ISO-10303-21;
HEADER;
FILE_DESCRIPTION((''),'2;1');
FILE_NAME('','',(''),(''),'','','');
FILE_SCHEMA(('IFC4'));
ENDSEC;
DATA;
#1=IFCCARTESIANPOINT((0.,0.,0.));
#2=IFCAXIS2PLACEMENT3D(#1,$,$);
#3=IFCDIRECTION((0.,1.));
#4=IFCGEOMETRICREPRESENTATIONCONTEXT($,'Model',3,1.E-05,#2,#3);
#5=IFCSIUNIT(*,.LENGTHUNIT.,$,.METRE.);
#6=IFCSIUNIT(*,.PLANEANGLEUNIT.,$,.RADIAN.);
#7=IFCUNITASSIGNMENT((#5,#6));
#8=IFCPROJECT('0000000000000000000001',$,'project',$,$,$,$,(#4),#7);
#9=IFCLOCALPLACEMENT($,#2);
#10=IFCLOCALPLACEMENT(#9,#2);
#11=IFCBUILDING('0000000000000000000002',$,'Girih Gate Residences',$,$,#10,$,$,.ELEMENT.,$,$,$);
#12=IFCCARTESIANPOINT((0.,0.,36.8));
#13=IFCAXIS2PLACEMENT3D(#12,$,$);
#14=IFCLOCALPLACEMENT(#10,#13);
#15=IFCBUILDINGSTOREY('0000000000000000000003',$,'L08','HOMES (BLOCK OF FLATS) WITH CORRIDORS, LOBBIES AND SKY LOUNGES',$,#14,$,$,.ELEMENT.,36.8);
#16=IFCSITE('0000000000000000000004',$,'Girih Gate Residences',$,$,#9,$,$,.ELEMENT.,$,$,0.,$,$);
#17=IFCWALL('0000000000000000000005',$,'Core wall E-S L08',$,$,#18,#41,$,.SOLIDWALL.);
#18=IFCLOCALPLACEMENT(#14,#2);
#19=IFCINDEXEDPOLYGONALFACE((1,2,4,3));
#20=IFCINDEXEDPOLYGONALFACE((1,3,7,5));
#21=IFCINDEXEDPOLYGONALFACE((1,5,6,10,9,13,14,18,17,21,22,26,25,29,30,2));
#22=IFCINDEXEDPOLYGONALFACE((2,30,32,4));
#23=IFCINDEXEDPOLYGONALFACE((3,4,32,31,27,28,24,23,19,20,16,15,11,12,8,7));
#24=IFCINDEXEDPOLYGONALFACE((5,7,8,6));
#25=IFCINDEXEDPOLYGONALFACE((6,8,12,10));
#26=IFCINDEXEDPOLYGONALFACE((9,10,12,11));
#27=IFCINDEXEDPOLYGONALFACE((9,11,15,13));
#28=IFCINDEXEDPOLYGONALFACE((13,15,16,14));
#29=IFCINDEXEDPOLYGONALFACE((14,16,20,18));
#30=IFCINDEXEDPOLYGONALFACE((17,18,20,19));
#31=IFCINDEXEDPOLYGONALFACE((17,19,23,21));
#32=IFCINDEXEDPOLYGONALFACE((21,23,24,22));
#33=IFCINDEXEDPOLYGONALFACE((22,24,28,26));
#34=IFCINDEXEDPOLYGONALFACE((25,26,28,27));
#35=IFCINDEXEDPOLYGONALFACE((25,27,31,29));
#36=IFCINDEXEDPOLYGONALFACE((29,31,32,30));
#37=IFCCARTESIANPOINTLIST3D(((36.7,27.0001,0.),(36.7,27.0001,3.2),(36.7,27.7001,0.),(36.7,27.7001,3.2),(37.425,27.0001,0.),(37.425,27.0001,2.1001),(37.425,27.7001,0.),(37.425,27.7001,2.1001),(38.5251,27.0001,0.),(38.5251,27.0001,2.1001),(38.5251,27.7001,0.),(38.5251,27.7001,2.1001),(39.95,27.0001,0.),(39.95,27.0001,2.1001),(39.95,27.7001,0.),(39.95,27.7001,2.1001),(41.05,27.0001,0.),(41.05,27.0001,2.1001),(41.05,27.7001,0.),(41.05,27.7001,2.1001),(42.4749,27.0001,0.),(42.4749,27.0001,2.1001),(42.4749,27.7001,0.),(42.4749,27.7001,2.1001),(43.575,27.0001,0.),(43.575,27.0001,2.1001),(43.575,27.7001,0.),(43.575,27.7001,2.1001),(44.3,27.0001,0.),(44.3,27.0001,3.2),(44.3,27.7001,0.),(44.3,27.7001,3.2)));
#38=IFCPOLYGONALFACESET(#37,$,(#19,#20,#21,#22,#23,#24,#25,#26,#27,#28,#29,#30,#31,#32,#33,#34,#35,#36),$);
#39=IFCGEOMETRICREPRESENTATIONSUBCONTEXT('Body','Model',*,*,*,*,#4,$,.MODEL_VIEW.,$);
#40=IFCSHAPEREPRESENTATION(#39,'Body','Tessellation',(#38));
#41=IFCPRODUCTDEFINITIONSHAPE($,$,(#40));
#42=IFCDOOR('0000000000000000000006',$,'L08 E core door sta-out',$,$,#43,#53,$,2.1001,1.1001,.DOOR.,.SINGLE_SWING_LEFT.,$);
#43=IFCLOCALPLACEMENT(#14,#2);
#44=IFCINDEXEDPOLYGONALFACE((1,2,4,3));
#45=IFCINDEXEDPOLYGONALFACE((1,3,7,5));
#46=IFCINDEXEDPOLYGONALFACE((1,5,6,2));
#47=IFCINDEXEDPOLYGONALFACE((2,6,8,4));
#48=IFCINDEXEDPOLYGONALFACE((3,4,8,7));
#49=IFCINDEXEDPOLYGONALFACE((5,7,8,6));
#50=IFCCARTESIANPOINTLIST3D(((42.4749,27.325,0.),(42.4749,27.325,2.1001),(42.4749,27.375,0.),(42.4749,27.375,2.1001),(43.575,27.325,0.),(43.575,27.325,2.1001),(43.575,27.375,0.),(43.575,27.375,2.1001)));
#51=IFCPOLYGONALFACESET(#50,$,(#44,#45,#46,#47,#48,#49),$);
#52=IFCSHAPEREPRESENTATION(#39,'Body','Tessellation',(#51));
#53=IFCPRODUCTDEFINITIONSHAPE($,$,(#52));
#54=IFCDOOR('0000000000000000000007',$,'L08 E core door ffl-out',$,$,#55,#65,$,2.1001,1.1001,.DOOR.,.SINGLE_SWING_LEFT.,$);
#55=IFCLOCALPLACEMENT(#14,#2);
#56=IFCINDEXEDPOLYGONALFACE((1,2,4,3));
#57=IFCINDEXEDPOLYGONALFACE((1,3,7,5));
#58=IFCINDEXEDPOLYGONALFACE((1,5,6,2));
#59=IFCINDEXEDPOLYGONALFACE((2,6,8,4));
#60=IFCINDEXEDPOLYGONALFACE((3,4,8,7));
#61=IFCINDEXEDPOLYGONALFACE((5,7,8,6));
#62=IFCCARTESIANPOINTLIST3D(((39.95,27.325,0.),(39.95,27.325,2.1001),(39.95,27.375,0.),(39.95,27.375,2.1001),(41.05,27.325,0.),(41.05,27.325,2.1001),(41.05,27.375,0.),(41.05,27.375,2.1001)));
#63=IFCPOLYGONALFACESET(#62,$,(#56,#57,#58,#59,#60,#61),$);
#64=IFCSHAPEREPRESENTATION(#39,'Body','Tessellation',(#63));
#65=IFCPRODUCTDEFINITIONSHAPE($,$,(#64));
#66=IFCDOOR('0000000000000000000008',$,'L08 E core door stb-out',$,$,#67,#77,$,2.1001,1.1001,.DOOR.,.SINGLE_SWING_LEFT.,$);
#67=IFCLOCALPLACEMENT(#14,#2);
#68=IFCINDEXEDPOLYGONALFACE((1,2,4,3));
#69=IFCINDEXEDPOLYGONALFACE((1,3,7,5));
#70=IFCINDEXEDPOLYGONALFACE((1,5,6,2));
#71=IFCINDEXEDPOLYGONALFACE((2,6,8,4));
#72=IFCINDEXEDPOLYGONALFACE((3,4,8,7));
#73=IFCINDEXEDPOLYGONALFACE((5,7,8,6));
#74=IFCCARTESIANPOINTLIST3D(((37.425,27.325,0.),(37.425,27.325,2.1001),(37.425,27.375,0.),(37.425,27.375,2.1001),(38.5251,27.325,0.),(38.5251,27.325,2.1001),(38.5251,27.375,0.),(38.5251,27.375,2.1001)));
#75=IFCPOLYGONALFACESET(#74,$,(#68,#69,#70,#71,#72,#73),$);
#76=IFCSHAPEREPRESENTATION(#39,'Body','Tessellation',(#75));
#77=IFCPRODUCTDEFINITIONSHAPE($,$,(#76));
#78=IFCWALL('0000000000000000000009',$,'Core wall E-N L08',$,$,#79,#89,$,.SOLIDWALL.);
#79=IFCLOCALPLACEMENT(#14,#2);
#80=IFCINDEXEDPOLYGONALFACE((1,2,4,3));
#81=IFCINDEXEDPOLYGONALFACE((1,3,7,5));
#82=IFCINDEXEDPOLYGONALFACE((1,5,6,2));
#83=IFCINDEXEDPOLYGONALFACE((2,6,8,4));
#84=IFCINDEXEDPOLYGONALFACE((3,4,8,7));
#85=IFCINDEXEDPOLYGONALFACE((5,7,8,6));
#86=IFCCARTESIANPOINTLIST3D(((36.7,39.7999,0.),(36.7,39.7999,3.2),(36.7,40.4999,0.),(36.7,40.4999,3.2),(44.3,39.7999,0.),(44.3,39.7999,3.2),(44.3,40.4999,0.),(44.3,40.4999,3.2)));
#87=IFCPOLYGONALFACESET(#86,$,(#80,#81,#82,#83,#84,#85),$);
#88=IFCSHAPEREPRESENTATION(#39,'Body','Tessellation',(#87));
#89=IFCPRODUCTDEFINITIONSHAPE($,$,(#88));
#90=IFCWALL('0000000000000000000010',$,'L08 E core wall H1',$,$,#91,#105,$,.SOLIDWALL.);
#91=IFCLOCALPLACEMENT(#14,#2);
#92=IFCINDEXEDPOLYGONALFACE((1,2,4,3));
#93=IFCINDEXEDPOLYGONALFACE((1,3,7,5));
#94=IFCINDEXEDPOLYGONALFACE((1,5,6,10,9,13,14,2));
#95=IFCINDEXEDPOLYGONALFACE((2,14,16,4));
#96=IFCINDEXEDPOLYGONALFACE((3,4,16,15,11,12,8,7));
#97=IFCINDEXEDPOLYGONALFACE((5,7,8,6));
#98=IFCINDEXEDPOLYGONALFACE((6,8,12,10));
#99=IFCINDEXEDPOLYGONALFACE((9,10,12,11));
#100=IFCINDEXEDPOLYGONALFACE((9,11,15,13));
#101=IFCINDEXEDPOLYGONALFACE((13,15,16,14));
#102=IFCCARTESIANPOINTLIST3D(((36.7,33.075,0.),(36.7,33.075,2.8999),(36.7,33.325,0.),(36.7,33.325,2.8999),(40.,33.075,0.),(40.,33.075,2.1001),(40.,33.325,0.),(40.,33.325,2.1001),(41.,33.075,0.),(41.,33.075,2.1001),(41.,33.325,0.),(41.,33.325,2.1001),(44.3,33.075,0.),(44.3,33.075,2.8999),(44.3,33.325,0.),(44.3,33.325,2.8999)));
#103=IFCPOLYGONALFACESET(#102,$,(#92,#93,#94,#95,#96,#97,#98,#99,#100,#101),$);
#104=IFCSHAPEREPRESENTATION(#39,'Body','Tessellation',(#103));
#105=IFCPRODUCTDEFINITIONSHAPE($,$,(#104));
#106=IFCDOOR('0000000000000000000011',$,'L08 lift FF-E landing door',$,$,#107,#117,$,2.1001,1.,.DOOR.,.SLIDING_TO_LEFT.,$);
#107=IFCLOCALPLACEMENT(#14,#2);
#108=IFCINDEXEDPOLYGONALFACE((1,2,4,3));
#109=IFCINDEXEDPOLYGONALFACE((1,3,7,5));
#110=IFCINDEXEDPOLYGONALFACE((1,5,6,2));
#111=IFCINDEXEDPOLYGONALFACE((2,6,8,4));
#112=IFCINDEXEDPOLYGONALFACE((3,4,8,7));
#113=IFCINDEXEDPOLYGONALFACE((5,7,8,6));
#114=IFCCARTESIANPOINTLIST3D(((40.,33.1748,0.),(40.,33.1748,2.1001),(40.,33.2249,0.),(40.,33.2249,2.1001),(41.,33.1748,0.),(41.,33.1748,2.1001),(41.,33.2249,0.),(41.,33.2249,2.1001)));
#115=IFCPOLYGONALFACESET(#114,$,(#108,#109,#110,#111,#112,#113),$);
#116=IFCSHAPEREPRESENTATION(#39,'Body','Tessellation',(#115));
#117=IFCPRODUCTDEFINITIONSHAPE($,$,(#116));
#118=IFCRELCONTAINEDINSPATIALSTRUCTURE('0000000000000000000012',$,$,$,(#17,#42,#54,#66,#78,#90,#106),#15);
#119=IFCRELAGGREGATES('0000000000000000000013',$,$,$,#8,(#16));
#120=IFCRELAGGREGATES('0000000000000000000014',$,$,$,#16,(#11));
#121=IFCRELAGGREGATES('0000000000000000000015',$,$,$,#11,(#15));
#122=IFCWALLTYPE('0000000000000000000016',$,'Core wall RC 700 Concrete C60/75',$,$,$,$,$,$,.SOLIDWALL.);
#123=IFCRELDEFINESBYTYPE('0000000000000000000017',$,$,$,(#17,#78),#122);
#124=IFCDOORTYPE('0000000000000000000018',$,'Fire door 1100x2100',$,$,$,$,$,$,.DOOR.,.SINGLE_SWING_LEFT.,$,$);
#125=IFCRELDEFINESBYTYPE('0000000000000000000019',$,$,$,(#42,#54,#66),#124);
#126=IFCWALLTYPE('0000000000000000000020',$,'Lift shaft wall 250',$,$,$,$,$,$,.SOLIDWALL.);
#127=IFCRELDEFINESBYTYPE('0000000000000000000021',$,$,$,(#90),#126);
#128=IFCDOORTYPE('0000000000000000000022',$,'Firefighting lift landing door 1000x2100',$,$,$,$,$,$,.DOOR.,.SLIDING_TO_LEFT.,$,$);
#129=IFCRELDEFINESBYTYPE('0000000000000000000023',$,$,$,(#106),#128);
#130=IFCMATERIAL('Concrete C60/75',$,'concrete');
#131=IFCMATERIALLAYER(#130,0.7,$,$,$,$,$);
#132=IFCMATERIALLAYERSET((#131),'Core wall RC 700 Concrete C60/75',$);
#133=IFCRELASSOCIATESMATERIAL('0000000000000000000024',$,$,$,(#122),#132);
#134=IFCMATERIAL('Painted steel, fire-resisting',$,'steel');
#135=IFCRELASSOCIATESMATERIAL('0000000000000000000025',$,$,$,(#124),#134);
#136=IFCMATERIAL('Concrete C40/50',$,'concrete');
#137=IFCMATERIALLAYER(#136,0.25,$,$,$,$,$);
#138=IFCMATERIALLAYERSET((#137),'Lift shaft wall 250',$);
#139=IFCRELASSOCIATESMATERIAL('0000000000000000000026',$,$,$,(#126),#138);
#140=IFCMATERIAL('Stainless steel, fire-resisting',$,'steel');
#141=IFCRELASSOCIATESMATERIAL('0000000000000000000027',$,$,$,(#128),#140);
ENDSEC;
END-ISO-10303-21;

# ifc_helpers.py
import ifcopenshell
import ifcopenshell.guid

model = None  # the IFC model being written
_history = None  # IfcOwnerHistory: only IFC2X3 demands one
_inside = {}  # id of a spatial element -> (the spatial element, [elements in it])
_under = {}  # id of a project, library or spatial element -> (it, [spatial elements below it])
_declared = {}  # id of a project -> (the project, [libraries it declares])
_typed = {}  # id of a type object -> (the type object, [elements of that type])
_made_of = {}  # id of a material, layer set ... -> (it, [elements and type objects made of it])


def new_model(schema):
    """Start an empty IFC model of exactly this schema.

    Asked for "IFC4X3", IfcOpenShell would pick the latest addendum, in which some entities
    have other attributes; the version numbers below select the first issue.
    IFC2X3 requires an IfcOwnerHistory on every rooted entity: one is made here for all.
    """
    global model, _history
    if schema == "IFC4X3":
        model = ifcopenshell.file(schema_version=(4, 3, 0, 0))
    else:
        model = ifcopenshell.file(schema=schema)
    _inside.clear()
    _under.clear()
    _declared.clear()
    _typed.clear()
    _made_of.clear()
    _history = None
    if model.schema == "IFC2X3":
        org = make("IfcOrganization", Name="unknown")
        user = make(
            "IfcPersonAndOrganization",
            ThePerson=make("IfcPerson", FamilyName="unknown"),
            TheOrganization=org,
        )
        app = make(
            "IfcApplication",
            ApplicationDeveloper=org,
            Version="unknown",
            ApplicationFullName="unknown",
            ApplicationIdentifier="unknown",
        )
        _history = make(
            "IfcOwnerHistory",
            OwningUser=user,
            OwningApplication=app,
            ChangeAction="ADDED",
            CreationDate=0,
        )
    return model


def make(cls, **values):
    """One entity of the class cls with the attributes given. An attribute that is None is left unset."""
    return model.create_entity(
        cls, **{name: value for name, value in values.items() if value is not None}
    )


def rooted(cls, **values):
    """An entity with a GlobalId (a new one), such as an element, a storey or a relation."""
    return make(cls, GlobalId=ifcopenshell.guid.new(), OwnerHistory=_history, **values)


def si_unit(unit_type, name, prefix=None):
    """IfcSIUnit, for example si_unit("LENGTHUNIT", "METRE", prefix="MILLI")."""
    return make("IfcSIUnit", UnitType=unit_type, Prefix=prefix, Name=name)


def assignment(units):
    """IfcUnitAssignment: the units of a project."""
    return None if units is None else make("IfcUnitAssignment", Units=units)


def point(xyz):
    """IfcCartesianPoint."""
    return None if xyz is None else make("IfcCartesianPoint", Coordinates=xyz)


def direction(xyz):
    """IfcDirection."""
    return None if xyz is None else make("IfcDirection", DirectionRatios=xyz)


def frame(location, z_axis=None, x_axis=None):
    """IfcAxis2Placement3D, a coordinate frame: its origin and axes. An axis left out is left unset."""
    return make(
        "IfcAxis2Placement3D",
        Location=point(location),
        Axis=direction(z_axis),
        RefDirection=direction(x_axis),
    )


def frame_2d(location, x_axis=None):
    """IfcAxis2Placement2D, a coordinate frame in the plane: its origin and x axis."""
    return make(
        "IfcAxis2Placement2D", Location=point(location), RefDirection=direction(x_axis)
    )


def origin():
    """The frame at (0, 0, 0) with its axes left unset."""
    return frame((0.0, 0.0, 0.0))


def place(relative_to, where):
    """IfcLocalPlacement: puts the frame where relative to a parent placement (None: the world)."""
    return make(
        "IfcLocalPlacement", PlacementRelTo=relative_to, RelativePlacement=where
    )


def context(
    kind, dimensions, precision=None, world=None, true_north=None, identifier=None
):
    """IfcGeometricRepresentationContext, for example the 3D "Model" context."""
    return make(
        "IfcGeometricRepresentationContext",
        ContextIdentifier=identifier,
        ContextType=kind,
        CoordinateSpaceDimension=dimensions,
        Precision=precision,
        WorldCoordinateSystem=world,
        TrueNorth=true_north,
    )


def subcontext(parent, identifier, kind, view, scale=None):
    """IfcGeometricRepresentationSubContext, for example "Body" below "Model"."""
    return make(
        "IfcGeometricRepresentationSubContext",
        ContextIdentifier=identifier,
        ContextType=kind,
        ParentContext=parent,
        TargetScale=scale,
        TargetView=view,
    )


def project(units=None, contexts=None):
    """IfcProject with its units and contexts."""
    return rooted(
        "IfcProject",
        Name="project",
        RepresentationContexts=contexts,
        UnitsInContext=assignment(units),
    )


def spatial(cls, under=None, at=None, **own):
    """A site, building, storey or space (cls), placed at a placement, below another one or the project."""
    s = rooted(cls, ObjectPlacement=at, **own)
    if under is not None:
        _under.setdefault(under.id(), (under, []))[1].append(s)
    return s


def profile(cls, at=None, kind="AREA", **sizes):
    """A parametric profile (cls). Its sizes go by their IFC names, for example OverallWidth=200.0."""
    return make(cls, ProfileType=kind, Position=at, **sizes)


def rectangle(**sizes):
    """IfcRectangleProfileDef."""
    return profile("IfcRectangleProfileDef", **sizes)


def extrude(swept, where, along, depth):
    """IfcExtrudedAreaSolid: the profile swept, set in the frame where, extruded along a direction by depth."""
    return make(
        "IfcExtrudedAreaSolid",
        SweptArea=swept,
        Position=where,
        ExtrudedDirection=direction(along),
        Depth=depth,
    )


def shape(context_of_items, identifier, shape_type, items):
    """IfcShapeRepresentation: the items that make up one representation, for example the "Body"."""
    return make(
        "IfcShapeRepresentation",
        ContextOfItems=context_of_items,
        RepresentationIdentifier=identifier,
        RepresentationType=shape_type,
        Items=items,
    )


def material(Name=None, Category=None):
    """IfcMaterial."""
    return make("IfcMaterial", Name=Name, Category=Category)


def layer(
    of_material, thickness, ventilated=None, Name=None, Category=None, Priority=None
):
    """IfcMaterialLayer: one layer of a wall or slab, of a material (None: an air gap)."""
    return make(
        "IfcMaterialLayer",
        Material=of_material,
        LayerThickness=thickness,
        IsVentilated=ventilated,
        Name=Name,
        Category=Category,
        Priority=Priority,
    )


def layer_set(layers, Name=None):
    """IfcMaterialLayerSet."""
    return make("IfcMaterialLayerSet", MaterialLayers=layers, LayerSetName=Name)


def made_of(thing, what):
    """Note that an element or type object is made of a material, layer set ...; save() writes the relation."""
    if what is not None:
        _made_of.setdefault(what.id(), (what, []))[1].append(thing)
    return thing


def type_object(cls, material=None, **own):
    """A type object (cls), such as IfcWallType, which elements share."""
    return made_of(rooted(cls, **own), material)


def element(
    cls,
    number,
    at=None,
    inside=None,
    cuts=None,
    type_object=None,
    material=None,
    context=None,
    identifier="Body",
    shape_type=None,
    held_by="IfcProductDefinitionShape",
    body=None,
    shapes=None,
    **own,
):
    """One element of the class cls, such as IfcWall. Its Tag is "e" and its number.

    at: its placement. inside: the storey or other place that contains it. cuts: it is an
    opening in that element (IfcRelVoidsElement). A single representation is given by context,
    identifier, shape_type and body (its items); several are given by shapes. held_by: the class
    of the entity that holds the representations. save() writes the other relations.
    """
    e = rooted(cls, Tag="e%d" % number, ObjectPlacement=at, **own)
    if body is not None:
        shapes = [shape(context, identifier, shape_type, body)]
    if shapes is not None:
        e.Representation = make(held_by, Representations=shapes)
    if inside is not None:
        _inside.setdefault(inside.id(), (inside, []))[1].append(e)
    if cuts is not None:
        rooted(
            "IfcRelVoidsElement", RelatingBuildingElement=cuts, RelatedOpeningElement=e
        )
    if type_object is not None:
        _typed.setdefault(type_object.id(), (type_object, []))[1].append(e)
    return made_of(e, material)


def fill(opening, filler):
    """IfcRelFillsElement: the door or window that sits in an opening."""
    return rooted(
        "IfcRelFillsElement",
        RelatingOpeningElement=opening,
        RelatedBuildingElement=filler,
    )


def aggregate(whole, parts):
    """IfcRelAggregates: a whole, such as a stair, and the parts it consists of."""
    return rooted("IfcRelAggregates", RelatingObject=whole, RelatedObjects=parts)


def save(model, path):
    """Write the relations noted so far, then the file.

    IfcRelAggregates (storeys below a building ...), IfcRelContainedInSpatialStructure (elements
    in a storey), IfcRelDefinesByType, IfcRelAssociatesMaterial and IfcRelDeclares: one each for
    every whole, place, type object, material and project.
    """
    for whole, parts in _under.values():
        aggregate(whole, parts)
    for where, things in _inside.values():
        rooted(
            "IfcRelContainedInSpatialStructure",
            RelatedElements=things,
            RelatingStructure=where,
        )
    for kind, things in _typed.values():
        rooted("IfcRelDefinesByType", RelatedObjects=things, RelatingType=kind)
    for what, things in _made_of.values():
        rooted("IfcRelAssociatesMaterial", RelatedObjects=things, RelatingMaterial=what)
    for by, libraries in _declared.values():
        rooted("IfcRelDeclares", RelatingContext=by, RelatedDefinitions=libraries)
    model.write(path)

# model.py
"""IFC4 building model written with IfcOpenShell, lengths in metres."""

from ifc_helpers import new_model, si_unit, direction, frame, frame_2d, origin, place, context, subcontext, project, spatial, rectangle, extrude, material, layer, layer_set, type_object, element, fill, save


model = new_model("IFC4")

# Units and contexts
model_context = context("Model", 3, precision=1e-05, world=origin(), true_north=direction((0.0, 1.0)))
body_context = subcontext(model_context, "Body", "Model", "MODEL_VIEW")
ifc_project = project(units=[si_unit("LENGTHUNIT", "METRE"), si_unit("PLANEANGLEUNIT", "RADIAN")], contexts=[model_context])

# Site, building, storey
site_placement = place(None, origin())
site = spatial("IfcSite", under=ifc_project, at=site_placement, Name="Girih Gate Residences", CompositionType="ELEMENT", RefElevation=0.0)
building_placement = place(site_placement, origin())
building = spatial("IfcBuilding", under=site, at=building_placement, Name="Girih Gate Residences", CompositionType="ELEMENT")
storey_placement = place(building_placement, frame((0.0, 0.0, 36.8)))
storey = spatial("IfcBuildingStorey", under=building, at=storey_placement, Name="L08", Description="HOMES (BLOCK OF FLATS) WITH CORRIDORS, LOBBIES AND SKY LOUNGES", CompositionType="ELEMENT", Elevation=36.8)

# Wall, openings, doors
ifc_material_1 = material(Name="Concrete C60/75", Category="concrete")
ifc_layer_1 = layer(ifc_material_1, 0.7)
ifc_layer_set_1 = layer_set([ifc_layer_1], Name="Core wall RC 700 Concrete C60/75")
wall_type_1 = type_object("IfcWallType", Name="Core wall RC 700 Concrete C60/75", PredefinedType="SOLIDWALL", material=ifc_layer_set_1)
wall_1_placement = place(storey_placement, frame((36.7, 27.3501, 0.0), z_axis=(0.0, 0.0, 1.0), x_axis=(1.0, 0.0, 0.0)))
wall_1 = element("IfcWall", 1, at=wall_1_placement, inside=storey, type_object=wall_type_1, Name="Core wall E-S L08", PredefinedType="SOLIDWALL", context=body_context, shape_type="SweptSolid", body=[
    extrude(rectangle(XDim=7.6001, YDim=0.7, at=frame_2d((3.8, 0.0))), origin(), (0.0, 0.0, 1.0), 3.2),
])
opening_1_placement = place(wall_1_placement, frame((5.7749, 0.0, 0.0)))
opening_1 = element("IfcOpeningElement", 2, at=opening_1_placement, cuts=wall_1, PredefinedType="OPENING", context=body_context, shape_type="SweptSolid", body=[
    extrude(rectangle(XDim=1.1001, YDim=2.1001, at=frame_2d((0.55, 1.05))), frame((0.0, 0.3599, 0.0), z_axis=(0.0, -1.0, 0.0), x_axis=(1.0, 0.0, 0.0)), (0.0, 0.0, 1.0), 0.72),
])
opening_2_placement = place(wall_1_placement, frame((3.25, 0.0, 0.0)))
opening_2 = element("IfcOpeningElement", 3, at=opening_2_placement, cuts=wall_1, PredefinedType="OPENING", context=body_context, shape_type="SweptSolid", body=[
    extrude(rectangle(XDim=1.1001, YDim=2.1001, at=frame_2d((0.55, 1.05))), frame((0.0, 0.3599, 0.0), z_axis=(0.0, -1.0, 0.0), x_axis=(1.0, 0.0, 0.0)), (0.0, 0.0, 1.0), 0.72),
])
opening_3_placement = place(wall_1_placement, frame((0.7251, 0.0, 0.0)))
opening_3 = element("IfcOpeningElement", 4, at=opening_3_placement, cuts=wall_1, PredefinedType="OPENING", context=body_context, shape_type="SweptSolid", body=[
    extrude(rectangle(XDim=1.1001, YDim=2.1001, at=frame_2d((0.55, 1.05))), frame((0.0, 0.3599, 0.0), z_axis=(0.0, -1.0, 0.0), x_axis=(1.0, 0.0, 0.0)), (0.0, 0.0, 1.0), 0.72),
])
ifc_material_2 = material(Name="Painted steel, fire-resisting", Category="steel")
door_type_1 = type_object("IfcDoorType", Name="Fire door 1100x2100", OperationType="SINGLE_SWING_LEFT", PredefinedType="DOOR", material=ifc_material_2)
door_1_placement = place(opening_1_placement, origin())
door_1 = element("IfcDoor", 5, at=door_1_placement, inside=storey, type_object=door_type_1, Name="L08 E core door sta-out", OperationType="SINGLE_SWING_LEFT", OverallHeight=2.1001, OverallWidth=1.1001, PredefinedType="DOOR", context=body_context, shape_type="SweptSolid", body=[
    extrude(rectangle(XDim=1.1001, YDim=2.1001, at=frame_2d((0.55, 1.05))), frame((0.0, 0.0249, 0.0), z_axis=(0.0, -1.0, 0.0), x_axis=(1.0, 0.0, 0.0)), (0.0, 0.0, 1.0), 0.05),
])
fill(opening_1, door_1)
door_2_placement = place(opening_2_placement, origin())
door_2 = element("IfcDoor", 6, at=door_2_placement, inside=storey, type_object=door_type_1, Name="L08 E core door ffl-out", OperationType="SINGLE_SWING_LEFT", OverallHeight=2.1001, OverallWidth=1.1001, PredefinedType="DOOR", context=body_context, shape_type="SweptSolid", body=[
    extrude(rectangle(XDim=1.1001, YDim=2.1001, at=frame_2d((0.55, 1.05))), frame((0.0, 0.0249, 0.0), z_axis=(0.0, -1.0, 0.0), x_axis=(1.0, 0.0, 0.0)), (0.0, 0.0, 1.0), 0.05),
])
fill(opening_2, door_2)
door_3_placement = place(opening_3_placement, origin())
door_3 = element("IfcDoor", 7, at=door_3_placement, inside=storey, type_object=door_type_1, Name="L08 E core door stb-out", OperationType="SINGLE_SWING_LEFT", OverallHeight=2.1001, OverallWidth=1.1001, PredefinedType="DOOR", context=body_context, shape_type="SweptSolid", body=[
    extrude(rectangle(XDim=1.1001, YDim=2.1001, at=frame_2d((0.55, 1.05))), frame((0.0, 0.0249, 0.0), z_axis=(0.0, -1.0, 0.0), x_axis=(1.0, 0.0, 0.0)), (0.0, 0.0, 1.0), 0.05),
])
fill(opening_3, door_3)

# Wall
wall_2_placement = place(storey_placement, frame((36.7, 40.1499, 0.0), z_axis=(0.0, 0.0, 1.0), x_axis=(1.0, 0.0, 0.0)))
element("IfcWall", 8, at=wall_2_placement, inside=storey, type_object=wall_type_1, Name="Core wall E-N L08", PredefinedType="SOLIDWALL", context=body_context, shape_type="SweptSolid", body=[
    extrude(rectangle(XDim=7.6001, YDim=0.7, at=frame_2d((3.8, 0.0))), origin(), (0.0, 0.0, 1.0), 3.2),
])

# Wall, opening, door
ifc_material_3 = material(Name="Concrete C40/50", Category="concrete")
ifc_layer_2 = layer(ifc_material_3, 0.25)
ifc_layer_set_2 = layer_set([ifc_layer_2], Name="Lift shaft wall 250")
wall_type_2 = type_object("IfcWallType", Name="Lift shaft wall 250", PredefinedType="SOLIDWALL", material=ifc_layer_set_2)
wall_3_placement = place(storey_placement, frame((36.7, 33.2, 0.0), z_axis=(0.0, 0.0, 1.0), x_axis=(1.0, 0.0, 0.0)))
wall_3 = element("IfcWall", 9, at=wall_3_placement, inside=storey, type_object=wall_type_2, Name="L08 E core wall H1", PredefinedType="SOLIDWALL", context=body_context, shape_type="SweptSolid", body=[
    extrude(rectangle(XDim=7.6001, YDim=0.25, at=frame_2d((3.8, 0.0))), origin(), (0.0, 0.0, 1.0), 2.8999),
])
opening_4_placement = place(wall_3_placement, frame((3.3, 0.0, 0.0)))
opening_4 = element("IfcOpeningElement", 10, at=opening_4_placement, cuts=wall_3, PredefinedType="OPENING", context=body_context, shape_type="SweptSolid", body=[
    extrude(rectangle(XDim=1.0, YDim=2.1001, at=frame_2d((0.5, 1.05))), frame((0.0, 0.135, 0.0), z_axis=(0.0, -1.0, 0.0), x_axis=(1.0, 0.0, 0.0)), (0.0, 0.0, 1.0), 0.27),
])
ifc_material_4 = material(Name="Stainless steel, fire-resisting", Category="steel")
door_type_2 = type_object("IfcDoorType", Name="Firefighting lift landing door 1000x2100", OperationType="SLIDING_TO_LEFT", PredefinedType="DOOR", material=ifc_material_4)
door_4_placement = place(opening_4_placement, origin())
door_4 = element("IfcDoor", 11, at=door_4_placement, inside=storey, type_object=door_type_2, Name="L08 lift FF-E landing door", OperationType="SLIDING_TO_LEFT", OverallHeight=2.1001, OverallWidth=1.0, PredefinedType="DOOR", context=body_context, shape_type="SweptSolid", body=[
    extrude(rectangle(XDim=1.0, YDim=2.1001, at=frame_2d((0.5, 1.05))), frame((0.0, 0.0249, 0.0), z_axis=(0.0, -1.0, 0.0), x_axis=(1.0, 0.0, 0.0)), (0.0, 0.0, 1.0), 0.05),
])
fill(opening_4, door_4)

save(model, "model.ifc")
